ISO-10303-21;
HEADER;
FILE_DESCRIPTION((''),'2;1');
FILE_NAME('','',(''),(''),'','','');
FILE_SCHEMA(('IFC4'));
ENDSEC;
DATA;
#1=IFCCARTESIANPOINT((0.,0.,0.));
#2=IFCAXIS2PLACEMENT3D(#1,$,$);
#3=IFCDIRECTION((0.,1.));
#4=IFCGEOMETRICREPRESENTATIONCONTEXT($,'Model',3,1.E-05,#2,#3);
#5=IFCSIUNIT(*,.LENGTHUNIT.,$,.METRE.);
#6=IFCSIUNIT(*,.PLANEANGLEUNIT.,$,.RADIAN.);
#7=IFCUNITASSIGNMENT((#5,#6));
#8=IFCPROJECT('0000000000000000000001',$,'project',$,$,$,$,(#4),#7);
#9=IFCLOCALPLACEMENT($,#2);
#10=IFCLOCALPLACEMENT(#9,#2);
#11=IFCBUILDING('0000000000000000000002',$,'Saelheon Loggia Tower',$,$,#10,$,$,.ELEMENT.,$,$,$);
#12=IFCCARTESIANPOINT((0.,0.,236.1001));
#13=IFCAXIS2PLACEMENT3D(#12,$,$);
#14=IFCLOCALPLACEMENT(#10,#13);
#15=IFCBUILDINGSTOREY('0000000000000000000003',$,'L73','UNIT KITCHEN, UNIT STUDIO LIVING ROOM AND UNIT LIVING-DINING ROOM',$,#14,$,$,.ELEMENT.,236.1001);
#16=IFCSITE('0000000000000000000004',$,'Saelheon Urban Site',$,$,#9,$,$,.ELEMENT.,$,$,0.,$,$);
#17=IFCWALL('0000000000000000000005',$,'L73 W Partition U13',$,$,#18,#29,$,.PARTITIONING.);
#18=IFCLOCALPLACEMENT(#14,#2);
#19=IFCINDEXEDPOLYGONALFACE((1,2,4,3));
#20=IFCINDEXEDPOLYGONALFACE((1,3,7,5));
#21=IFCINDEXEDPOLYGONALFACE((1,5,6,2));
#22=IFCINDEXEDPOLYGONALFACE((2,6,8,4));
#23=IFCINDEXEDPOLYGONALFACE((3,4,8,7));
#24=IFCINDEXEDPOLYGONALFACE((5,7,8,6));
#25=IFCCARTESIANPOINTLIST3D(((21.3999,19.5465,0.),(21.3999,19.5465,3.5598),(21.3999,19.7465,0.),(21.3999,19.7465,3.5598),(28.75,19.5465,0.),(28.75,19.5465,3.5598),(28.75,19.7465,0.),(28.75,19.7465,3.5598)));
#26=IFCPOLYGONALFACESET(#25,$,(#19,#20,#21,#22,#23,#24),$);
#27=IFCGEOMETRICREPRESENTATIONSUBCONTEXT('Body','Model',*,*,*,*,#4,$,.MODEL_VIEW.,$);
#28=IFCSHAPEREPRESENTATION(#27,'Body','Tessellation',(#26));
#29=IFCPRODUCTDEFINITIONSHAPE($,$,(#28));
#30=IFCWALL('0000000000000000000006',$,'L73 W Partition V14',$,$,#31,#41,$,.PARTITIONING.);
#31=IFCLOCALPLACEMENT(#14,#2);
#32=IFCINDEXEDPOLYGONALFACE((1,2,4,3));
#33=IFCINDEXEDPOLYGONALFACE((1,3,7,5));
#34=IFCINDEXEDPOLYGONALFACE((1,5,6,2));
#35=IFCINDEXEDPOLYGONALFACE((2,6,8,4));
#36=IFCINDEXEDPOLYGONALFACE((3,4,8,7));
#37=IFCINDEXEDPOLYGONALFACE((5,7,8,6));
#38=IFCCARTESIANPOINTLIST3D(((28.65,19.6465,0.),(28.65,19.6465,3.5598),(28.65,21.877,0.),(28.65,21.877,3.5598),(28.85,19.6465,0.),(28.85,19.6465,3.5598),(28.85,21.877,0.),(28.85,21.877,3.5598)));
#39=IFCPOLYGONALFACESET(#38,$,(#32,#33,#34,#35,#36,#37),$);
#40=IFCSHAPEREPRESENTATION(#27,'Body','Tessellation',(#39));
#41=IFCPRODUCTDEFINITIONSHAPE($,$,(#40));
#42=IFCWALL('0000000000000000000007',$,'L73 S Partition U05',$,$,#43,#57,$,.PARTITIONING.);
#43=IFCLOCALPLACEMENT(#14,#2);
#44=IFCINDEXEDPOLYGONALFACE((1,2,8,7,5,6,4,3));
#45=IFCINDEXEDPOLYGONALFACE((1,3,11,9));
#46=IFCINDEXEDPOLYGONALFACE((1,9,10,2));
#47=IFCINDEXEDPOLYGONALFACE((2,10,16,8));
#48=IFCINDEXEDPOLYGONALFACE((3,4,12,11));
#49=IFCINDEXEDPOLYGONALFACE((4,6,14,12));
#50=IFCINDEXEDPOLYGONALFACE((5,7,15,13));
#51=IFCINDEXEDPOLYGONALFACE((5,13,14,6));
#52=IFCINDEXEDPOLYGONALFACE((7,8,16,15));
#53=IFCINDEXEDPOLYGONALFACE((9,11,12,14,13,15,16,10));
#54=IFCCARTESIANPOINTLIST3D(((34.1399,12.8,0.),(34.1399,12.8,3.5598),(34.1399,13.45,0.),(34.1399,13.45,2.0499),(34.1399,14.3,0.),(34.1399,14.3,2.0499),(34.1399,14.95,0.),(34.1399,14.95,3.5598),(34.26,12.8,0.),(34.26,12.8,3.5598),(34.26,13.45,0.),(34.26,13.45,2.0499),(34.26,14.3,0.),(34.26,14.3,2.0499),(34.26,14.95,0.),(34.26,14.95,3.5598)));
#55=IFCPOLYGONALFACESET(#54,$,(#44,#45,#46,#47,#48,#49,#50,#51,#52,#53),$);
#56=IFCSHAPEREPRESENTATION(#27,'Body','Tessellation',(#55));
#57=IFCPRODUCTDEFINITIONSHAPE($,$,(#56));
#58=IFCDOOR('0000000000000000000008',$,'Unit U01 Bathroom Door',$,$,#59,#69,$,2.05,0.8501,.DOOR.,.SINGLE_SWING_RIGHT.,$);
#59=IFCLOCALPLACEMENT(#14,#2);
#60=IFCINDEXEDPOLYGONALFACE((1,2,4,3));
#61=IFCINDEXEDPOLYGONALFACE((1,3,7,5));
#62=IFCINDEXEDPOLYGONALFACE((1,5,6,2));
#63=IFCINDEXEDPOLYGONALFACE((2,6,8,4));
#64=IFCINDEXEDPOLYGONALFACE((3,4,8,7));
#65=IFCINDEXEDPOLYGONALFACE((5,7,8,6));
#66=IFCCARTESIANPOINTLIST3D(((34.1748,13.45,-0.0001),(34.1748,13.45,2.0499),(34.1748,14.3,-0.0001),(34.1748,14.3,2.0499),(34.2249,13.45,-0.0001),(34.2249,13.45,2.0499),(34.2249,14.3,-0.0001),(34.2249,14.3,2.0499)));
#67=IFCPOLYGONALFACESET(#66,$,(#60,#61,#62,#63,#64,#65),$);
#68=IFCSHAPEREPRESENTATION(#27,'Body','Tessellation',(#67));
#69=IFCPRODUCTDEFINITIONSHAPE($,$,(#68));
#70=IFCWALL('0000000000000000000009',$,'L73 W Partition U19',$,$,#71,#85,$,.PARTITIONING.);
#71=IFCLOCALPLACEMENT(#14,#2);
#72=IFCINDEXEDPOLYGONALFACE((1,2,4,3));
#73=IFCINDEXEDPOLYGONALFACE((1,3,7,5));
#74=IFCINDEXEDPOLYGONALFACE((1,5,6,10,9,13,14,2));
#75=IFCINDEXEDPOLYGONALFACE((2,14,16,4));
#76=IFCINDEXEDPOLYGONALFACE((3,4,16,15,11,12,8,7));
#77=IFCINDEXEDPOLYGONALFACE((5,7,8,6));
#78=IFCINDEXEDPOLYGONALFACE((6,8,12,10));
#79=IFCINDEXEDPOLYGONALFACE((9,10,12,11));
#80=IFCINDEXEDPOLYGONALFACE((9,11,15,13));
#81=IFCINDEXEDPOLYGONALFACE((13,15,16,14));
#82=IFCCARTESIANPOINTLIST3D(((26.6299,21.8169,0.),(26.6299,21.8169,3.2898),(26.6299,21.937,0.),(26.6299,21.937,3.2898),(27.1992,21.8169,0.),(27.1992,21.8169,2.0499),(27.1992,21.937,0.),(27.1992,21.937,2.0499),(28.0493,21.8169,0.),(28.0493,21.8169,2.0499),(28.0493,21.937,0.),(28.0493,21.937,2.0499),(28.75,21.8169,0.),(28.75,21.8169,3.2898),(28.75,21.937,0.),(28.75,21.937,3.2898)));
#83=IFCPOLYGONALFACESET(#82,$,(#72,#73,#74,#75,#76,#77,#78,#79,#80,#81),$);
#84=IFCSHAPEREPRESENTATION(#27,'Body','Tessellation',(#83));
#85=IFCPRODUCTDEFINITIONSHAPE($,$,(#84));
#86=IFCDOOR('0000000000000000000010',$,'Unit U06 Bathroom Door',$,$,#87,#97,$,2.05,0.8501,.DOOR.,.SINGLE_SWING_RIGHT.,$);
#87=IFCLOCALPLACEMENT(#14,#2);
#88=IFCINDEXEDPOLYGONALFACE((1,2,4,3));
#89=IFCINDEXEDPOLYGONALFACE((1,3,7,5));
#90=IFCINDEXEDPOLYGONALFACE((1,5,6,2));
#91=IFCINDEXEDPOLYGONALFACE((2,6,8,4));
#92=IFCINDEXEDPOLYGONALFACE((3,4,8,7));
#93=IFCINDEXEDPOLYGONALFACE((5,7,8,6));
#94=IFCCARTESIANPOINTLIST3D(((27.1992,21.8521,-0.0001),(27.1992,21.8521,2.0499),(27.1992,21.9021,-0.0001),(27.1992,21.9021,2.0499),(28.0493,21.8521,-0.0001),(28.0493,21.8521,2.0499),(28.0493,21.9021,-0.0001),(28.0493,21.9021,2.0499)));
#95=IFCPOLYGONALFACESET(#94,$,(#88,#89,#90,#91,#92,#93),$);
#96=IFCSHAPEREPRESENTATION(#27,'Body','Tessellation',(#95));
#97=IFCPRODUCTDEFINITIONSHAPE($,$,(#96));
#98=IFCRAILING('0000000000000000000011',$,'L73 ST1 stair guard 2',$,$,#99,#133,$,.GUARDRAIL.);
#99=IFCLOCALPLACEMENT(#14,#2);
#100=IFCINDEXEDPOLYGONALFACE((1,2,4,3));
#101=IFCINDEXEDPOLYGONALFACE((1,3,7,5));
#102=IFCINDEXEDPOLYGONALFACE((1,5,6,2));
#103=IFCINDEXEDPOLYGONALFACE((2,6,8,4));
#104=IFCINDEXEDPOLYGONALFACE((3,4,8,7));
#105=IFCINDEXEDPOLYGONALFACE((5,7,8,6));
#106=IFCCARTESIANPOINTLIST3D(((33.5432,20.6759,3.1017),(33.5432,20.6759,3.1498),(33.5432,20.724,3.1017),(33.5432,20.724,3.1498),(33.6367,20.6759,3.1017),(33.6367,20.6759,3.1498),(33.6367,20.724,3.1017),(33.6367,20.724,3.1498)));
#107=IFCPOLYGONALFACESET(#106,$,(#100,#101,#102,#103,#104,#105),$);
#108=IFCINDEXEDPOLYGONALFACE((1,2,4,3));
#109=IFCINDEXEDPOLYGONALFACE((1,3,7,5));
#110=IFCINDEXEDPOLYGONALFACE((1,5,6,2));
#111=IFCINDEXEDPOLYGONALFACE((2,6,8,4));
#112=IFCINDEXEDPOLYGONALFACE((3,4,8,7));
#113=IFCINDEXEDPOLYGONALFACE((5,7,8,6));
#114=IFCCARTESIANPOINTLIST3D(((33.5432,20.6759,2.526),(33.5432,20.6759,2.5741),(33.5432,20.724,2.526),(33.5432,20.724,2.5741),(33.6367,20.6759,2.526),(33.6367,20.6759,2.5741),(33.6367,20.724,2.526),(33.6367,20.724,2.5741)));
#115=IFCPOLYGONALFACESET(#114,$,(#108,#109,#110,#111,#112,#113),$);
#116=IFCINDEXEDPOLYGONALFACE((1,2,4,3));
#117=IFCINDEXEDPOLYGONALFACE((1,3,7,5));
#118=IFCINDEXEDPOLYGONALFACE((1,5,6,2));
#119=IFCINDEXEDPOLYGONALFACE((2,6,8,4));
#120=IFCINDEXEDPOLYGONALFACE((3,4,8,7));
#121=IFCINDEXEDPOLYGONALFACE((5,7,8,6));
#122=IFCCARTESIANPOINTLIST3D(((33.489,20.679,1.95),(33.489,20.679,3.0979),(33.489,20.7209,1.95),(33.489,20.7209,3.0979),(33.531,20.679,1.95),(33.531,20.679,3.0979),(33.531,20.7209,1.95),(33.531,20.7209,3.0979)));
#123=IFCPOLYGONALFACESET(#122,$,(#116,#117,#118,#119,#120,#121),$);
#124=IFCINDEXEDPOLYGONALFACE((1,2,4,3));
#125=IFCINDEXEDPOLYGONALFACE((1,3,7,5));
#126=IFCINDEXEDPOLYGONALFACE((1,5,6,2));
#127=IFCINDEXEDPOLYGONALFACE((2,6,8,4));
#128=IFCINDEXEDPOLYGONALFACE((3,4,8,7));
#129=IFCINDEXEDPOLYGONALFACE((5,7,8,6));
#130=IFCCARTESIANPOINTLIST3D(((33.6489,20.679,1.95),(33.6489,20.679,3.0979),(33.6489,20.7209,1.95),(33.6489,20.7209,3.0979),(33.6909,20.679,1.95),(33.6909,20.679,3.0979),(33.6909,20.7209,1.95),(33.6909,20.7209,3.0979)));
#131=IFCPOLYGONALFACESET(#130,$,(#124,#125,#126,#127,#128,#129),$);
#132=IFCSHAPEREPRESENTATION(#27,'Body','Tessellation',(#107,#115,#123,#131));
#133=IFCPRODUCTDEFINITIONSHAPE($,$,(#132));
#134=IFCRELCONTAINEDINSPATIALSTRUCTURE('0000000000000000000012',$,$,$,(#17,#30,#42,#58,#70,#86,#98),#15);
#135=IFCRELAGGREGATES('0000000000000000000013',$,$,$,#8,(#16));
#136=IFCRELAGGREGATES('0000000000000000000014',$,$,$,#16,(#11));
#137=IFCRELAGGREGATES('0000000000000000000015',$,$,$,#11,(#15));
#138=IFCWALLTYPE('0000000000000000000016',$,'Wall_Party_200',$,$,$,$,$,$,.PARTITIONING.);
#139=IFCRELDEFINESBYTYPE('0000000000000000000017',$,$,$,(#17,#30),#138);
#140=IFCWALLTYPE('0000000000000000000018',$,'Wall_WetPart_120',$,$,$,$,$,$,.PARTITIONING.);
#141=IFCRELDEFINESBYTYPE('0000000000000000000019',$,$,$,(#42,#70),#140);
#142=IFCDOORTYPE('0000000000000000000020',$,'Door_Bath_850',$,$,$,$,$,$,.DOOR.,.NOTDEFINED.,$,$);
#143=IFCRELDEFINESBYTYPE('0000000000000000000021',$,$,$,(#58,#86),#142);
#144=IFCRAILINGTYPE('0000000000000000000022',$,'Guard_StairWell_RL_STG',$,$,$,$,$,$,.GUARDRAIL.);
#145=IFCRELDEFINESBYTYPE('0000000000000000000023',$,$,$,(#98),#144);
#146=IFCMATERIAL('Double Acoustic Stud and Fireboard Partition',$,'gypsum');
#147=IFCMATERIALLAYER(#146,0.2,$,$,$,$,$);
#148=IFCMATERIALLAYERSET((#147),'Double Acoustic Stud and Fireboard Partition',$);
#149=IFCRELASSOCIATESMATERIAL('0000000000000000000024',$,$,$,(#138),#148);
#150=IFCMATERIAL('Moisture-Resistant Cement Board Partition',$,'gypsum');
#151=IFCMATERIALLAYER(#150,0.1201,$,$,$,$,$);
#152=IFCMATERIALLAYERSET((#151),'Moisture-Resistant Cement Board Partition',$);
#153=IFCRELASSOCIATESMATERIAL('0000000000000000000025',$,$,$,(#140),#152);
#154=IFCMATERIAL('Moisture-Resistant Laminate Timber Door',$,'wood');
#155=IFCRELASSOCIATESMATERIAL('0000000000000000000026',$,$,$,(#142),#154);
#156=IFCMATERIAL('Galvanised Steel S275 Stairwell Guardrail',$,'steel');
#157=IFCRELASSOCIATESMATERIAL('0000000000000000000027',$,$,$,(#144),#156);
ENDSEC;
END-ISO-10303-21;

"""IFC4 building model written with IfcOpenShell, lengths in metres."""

from ifc_helpers import new_model, si_unit, direction, frame, frame_2d, origin, origin_2d, place, context, subcontext, project, spatial, rectangle, extrude, source, transform, mapped, material, layer, layer_set, type_object, element, fill, save


model = new_model("IFC4")

# Units and contexts
model_context = context("Model", 3, precision=1e-05, world=origin(), true_north=direction((0.0, 1.0)))
body_context = subcontext(model_context, "Body", "Model", "MODEL_VIEW")
ifc_project = project(units=[si_unit("LENGTHUNIT", "METRE"), si_unit("PLANEANGLEUNIT", "RADIAN")], contexts=[model_context])

# Site, building, storey
site_placement = place(None, origin())
site = spatial("IfcSite", under=ifc_project, at=site_placement, Name="Saelheon Urban Site", CompositionType="ELEMENT", RefElevation=0.0)
building_placement = place(site_placement, origin())
building = spatial("IfcBuilding", under=site, at=building_placement, Name="Saelheon Loggia Tower", CompositionType="ELEMENT")
storey_placement = place(building_placement, frame((0.0, 0.0, 236.1001)))
storey = spatial("IfcBuildingStorey", under=building, at=storey_placement, Name="L73", Description="UNIT KITCHEN, UNIT STUDIO LIVING ROOM AND UNIT LIVING-DINING ROOM", CompositionType="ELEMENT", Elevation=236.1001)

# Shared definitions
ifc_material_1 = material(Name="Double Acoustic Stud and Fireboard Partition", Category="gypsum")
ifc_layer_1 = layer(ifc_material_1, 0.2)
ifc_layer_set_1 = layer_set([ifc_layer_1], Name="Double Acoustic Stud and Fireboard Partition")
wall_type_1 = type_object("IfcWallType", Name="Wall_Party_200", PredefinedType="PARTITIONING", material=ifc_layer_set_1)

# Walls
wall_1_placement = place(storey_placement, frame((28.75, 19.6465, 0.0), z_axis=(0.0, 0.0, 1.0), x_axis=(-1.0, 0.0, 0.0)))
element("IfcWall", 1, at=wall_1_placement, inside=storey, type_object=wall_type_1, Name="L73 W Partition U13", PredefinedType="PARTITIONING", context=body_context, shape_type="SweptSolid", body=[
    extrude(rectangle(XDim=7.3501, YDim=0.2, at=frame_2d((3.675, 0.0))), origin(), (0.0, 0.0, 1.0), 3.5598),
])
wall_2_placement = place(storey_placement, frame((28.75, 19.6465, 0.0), z_axis=(0.0, 0.0, 1.0), x_axis=(0.0, 1.0, 0.0)))
element("IfcWall", 2, at=wall_2_placement, inside=storey, type_object=wall_type_1, Name="L73 W Partition V14", PredefinedType="PARTITIONING", context=body_context, shape_type="SweptSolid", body=[
    extrude(rectangle(XDim=2.2305, YDim=0.2, at=frame_2d((1.1152, 0.0))), origin(), (0.0, 0.0, 1.0), 3.5598),
])

# Walls, openings, doors
ifc_material_2 = material(Name="Moisture-Resistant Cement Board Partition", Category="gypsum")
ifc_layer_2 = layer(ifc_material_2, 0.1201)
ifc_layer_set_2 = layer_set([ifc_layer_2], Name="Moisture-Resistant Cement Board Partition")
wall_type_2 = type_object("IfcWallType", Name="Wall_WetPart_120", PredefinedType="PARTITIONING", material=ifc_layer_set_2)
wall_3_placement = place(storey_placement, frame((34.2, 14.95, 0.0), z_axis=(0.0, 0.0, 1.0), x_axis=(0.0, -1.0, 0.0)))
wall_3 = element("IfcWall", 3, at=wall_3_placement, inside=storey, type_object=wall_type_2, Name="L73 S Partition U05", PredefinedType="PARTITIONING", context=body_context, shape_type="SweptSolid", body=[
    extrude(rectangle(XDim=2.1499, YDim=0.1201, at=frame_2d((1.075, 0.0))), origin(), (0.0, 0.0, 1.0), 3.5598),
])
opening_1_placement = place(wall_3_placement, frame((0.6499, 0.0, 0.0)))
opening_1 = element("IfcOpeningElement", 4, at=opening_1_placement, cuts=wall_3, PredefinedType="OPENING", context=body_context, shape_type="SweptSolid", body=[
    extrude(rectangle(XDim=0.8501, YDim=2.05, at=frame_2d((0.425, 1.0249))), frame((0.0, 0.072, 0.0), z_axis=(0.0, -1.0, 0.0), x_axis=(1.0, 0.0, 0.0)), (0.0, 0.0, 1.0), 0.144),
])
ifc_material_3 = material(Name="Moisture-Resistant Laminate Timber Door", Category="wood")
door_type_1 = type_object("IfcDoorType", Name="Door_Bath_850", OperationType="NOTDEFINED", PredefinedType="DOOR", material=ifc_material_3)
shared_shape_1 = source(origin(), body_context, "Body", "SweptSolid", [
    extrude(rectangle(XDim=0.8501, YDim=2.05, at=frame_2d((0.425, 1.0249))), frame((0.0, 0.0249, 0.0), z_axis=(0.0, -1.0, 0.0), x_axis=(1.0, 0.0, 0.0)), (0.0, 0.0, 1.0), 0.05),
])
door_1_placement = place(opening_1_placement, origin())
door_1 = element("IfcDoor", 5, at=door_1_placement, inside=storey, type_object=door_type_1, Name="Unit U01 Bathroom Door", OperationType="SINGLE_SWING_RIGHT", OverallHeight=2.05, OverallWidth=0.8501, PredefinedType="DOOR", context=body_context, shape_type="MappedRepresentation", body=[
    mapped(shared_shape_1, transform((0.0, 0.0, 0.0), scale=1.0)),
])
fill(opening_1, door_1)
wall_4_placement = place(storey_placement, frame((28.75, 21.877, 0.0), z_axis=(0.0, 0.0, 1.0), x_axis=(-1.0, 0.0, 0.0)))
wall_4 = element("IfcWall", 6, at=wall_4_placement, inside=storey, type_object=wall_type_2, Name="L73 W Partition U19", PredefinedType="PARTITIONING", context=body_context, shape_type="SweptSolid", body=[
    extrude(rectangle(XDim=2.1201, YDim=0.1201, at=frame_2d((1.0601, 0.0))), origin(), (0.0, 0.0, 1.0), 3.2898),
])
opening_2_placement = place(wall_4_placement, frame((0.7007, 0.0, 0.0)))
opening_2 = element("IfcOpeningElement", 7, at=opening_2_placement, cuts=wall_4, PredefinedType="OPENING", context=body_context, shape_type="SweptSolid", body=[
    extrude(rectangle(XDim=0.8501, YDim=2.05, at=frame_2d((0.425, 1.0249))), frame((0.0, 0.072, 0.0), z_axis=(0.0, -1.0, 0.0), x_axis=(1.0, 0.0, 0.0)), (0.0, 0.0, 1.0), 0.144),
])
door_2_placement = place(opening_2_placement, origin())
door_2 = element("IfcDoor", 8, at=door_2_placement, inside=storey, type_object=door_type_1, Name="Unit U06 Bathroom Door", OperationType="SINGLE_SWING_RIGHT", OverallHeight=2.05, OverallWidth=0.8501, PredefinedType="DOOR", context=body_context, shape_type="MappedRepresentation", body=[
    mapped(shared_shape_1, transform((0.0, 0.0, 0.0), scale=1.0)),
])
fill(opening_2, door_2)

# Railing
ifc_material_4 = material(Name="Galvanised Steel S275 Stairwell Guardrail", Category="steel")
railing_type = type_object("IfcRailingType", Name="Guard_StairWell_RL_STG", PredefinedType="GUARDRAIL", material=ifc_material_4)
railing_1_placement = place(storey_placement, frame((33.51, 20.7, 1.95)))
element("IfcRailing", 9, at=railing_1_placement, inside=storey, type_object=railing_type, Name="L73 ST1 stair guard 2", PredefinedType="GUARDRAIL", context=body_context, shape_type="SweptSolid", body=[
    extrude(rectangle(XDim=0.0481, YDim=0.0481, at=origin_2d()), frame((0.0332, 0.0, 1.1758), z_axis=(1.0, 0.0, 0.0), x_axis=(0.0, 1.0, 0.0)), (0.0, 0.0, 1.0), 0.0935),
    extrude(rectangle(XDim=0.0481, YDim=0.0481, at=origin_2d()), frame((0.0332, 0.0, 0.6001), z_axis=(1.0, 0.0, 0.0), x_axis=(0.0, 1.0, 0.0)), (0.0, 0.0, 1.0), 0.0935),
    extrude(rectangle(XDim=0.042, YDim=0.042, at=origin_2d()), origin(), (0.0, 0.0, 1.0), 1.1479),
    extrude(rectangle(XDim=0.042, YDim=0.042, at=origin_2d()), frame((0.1599, 0.0, 0.0)), (0.0, 0.0, 1.0), 1.1479),
])

save(model, "model.ifc")
